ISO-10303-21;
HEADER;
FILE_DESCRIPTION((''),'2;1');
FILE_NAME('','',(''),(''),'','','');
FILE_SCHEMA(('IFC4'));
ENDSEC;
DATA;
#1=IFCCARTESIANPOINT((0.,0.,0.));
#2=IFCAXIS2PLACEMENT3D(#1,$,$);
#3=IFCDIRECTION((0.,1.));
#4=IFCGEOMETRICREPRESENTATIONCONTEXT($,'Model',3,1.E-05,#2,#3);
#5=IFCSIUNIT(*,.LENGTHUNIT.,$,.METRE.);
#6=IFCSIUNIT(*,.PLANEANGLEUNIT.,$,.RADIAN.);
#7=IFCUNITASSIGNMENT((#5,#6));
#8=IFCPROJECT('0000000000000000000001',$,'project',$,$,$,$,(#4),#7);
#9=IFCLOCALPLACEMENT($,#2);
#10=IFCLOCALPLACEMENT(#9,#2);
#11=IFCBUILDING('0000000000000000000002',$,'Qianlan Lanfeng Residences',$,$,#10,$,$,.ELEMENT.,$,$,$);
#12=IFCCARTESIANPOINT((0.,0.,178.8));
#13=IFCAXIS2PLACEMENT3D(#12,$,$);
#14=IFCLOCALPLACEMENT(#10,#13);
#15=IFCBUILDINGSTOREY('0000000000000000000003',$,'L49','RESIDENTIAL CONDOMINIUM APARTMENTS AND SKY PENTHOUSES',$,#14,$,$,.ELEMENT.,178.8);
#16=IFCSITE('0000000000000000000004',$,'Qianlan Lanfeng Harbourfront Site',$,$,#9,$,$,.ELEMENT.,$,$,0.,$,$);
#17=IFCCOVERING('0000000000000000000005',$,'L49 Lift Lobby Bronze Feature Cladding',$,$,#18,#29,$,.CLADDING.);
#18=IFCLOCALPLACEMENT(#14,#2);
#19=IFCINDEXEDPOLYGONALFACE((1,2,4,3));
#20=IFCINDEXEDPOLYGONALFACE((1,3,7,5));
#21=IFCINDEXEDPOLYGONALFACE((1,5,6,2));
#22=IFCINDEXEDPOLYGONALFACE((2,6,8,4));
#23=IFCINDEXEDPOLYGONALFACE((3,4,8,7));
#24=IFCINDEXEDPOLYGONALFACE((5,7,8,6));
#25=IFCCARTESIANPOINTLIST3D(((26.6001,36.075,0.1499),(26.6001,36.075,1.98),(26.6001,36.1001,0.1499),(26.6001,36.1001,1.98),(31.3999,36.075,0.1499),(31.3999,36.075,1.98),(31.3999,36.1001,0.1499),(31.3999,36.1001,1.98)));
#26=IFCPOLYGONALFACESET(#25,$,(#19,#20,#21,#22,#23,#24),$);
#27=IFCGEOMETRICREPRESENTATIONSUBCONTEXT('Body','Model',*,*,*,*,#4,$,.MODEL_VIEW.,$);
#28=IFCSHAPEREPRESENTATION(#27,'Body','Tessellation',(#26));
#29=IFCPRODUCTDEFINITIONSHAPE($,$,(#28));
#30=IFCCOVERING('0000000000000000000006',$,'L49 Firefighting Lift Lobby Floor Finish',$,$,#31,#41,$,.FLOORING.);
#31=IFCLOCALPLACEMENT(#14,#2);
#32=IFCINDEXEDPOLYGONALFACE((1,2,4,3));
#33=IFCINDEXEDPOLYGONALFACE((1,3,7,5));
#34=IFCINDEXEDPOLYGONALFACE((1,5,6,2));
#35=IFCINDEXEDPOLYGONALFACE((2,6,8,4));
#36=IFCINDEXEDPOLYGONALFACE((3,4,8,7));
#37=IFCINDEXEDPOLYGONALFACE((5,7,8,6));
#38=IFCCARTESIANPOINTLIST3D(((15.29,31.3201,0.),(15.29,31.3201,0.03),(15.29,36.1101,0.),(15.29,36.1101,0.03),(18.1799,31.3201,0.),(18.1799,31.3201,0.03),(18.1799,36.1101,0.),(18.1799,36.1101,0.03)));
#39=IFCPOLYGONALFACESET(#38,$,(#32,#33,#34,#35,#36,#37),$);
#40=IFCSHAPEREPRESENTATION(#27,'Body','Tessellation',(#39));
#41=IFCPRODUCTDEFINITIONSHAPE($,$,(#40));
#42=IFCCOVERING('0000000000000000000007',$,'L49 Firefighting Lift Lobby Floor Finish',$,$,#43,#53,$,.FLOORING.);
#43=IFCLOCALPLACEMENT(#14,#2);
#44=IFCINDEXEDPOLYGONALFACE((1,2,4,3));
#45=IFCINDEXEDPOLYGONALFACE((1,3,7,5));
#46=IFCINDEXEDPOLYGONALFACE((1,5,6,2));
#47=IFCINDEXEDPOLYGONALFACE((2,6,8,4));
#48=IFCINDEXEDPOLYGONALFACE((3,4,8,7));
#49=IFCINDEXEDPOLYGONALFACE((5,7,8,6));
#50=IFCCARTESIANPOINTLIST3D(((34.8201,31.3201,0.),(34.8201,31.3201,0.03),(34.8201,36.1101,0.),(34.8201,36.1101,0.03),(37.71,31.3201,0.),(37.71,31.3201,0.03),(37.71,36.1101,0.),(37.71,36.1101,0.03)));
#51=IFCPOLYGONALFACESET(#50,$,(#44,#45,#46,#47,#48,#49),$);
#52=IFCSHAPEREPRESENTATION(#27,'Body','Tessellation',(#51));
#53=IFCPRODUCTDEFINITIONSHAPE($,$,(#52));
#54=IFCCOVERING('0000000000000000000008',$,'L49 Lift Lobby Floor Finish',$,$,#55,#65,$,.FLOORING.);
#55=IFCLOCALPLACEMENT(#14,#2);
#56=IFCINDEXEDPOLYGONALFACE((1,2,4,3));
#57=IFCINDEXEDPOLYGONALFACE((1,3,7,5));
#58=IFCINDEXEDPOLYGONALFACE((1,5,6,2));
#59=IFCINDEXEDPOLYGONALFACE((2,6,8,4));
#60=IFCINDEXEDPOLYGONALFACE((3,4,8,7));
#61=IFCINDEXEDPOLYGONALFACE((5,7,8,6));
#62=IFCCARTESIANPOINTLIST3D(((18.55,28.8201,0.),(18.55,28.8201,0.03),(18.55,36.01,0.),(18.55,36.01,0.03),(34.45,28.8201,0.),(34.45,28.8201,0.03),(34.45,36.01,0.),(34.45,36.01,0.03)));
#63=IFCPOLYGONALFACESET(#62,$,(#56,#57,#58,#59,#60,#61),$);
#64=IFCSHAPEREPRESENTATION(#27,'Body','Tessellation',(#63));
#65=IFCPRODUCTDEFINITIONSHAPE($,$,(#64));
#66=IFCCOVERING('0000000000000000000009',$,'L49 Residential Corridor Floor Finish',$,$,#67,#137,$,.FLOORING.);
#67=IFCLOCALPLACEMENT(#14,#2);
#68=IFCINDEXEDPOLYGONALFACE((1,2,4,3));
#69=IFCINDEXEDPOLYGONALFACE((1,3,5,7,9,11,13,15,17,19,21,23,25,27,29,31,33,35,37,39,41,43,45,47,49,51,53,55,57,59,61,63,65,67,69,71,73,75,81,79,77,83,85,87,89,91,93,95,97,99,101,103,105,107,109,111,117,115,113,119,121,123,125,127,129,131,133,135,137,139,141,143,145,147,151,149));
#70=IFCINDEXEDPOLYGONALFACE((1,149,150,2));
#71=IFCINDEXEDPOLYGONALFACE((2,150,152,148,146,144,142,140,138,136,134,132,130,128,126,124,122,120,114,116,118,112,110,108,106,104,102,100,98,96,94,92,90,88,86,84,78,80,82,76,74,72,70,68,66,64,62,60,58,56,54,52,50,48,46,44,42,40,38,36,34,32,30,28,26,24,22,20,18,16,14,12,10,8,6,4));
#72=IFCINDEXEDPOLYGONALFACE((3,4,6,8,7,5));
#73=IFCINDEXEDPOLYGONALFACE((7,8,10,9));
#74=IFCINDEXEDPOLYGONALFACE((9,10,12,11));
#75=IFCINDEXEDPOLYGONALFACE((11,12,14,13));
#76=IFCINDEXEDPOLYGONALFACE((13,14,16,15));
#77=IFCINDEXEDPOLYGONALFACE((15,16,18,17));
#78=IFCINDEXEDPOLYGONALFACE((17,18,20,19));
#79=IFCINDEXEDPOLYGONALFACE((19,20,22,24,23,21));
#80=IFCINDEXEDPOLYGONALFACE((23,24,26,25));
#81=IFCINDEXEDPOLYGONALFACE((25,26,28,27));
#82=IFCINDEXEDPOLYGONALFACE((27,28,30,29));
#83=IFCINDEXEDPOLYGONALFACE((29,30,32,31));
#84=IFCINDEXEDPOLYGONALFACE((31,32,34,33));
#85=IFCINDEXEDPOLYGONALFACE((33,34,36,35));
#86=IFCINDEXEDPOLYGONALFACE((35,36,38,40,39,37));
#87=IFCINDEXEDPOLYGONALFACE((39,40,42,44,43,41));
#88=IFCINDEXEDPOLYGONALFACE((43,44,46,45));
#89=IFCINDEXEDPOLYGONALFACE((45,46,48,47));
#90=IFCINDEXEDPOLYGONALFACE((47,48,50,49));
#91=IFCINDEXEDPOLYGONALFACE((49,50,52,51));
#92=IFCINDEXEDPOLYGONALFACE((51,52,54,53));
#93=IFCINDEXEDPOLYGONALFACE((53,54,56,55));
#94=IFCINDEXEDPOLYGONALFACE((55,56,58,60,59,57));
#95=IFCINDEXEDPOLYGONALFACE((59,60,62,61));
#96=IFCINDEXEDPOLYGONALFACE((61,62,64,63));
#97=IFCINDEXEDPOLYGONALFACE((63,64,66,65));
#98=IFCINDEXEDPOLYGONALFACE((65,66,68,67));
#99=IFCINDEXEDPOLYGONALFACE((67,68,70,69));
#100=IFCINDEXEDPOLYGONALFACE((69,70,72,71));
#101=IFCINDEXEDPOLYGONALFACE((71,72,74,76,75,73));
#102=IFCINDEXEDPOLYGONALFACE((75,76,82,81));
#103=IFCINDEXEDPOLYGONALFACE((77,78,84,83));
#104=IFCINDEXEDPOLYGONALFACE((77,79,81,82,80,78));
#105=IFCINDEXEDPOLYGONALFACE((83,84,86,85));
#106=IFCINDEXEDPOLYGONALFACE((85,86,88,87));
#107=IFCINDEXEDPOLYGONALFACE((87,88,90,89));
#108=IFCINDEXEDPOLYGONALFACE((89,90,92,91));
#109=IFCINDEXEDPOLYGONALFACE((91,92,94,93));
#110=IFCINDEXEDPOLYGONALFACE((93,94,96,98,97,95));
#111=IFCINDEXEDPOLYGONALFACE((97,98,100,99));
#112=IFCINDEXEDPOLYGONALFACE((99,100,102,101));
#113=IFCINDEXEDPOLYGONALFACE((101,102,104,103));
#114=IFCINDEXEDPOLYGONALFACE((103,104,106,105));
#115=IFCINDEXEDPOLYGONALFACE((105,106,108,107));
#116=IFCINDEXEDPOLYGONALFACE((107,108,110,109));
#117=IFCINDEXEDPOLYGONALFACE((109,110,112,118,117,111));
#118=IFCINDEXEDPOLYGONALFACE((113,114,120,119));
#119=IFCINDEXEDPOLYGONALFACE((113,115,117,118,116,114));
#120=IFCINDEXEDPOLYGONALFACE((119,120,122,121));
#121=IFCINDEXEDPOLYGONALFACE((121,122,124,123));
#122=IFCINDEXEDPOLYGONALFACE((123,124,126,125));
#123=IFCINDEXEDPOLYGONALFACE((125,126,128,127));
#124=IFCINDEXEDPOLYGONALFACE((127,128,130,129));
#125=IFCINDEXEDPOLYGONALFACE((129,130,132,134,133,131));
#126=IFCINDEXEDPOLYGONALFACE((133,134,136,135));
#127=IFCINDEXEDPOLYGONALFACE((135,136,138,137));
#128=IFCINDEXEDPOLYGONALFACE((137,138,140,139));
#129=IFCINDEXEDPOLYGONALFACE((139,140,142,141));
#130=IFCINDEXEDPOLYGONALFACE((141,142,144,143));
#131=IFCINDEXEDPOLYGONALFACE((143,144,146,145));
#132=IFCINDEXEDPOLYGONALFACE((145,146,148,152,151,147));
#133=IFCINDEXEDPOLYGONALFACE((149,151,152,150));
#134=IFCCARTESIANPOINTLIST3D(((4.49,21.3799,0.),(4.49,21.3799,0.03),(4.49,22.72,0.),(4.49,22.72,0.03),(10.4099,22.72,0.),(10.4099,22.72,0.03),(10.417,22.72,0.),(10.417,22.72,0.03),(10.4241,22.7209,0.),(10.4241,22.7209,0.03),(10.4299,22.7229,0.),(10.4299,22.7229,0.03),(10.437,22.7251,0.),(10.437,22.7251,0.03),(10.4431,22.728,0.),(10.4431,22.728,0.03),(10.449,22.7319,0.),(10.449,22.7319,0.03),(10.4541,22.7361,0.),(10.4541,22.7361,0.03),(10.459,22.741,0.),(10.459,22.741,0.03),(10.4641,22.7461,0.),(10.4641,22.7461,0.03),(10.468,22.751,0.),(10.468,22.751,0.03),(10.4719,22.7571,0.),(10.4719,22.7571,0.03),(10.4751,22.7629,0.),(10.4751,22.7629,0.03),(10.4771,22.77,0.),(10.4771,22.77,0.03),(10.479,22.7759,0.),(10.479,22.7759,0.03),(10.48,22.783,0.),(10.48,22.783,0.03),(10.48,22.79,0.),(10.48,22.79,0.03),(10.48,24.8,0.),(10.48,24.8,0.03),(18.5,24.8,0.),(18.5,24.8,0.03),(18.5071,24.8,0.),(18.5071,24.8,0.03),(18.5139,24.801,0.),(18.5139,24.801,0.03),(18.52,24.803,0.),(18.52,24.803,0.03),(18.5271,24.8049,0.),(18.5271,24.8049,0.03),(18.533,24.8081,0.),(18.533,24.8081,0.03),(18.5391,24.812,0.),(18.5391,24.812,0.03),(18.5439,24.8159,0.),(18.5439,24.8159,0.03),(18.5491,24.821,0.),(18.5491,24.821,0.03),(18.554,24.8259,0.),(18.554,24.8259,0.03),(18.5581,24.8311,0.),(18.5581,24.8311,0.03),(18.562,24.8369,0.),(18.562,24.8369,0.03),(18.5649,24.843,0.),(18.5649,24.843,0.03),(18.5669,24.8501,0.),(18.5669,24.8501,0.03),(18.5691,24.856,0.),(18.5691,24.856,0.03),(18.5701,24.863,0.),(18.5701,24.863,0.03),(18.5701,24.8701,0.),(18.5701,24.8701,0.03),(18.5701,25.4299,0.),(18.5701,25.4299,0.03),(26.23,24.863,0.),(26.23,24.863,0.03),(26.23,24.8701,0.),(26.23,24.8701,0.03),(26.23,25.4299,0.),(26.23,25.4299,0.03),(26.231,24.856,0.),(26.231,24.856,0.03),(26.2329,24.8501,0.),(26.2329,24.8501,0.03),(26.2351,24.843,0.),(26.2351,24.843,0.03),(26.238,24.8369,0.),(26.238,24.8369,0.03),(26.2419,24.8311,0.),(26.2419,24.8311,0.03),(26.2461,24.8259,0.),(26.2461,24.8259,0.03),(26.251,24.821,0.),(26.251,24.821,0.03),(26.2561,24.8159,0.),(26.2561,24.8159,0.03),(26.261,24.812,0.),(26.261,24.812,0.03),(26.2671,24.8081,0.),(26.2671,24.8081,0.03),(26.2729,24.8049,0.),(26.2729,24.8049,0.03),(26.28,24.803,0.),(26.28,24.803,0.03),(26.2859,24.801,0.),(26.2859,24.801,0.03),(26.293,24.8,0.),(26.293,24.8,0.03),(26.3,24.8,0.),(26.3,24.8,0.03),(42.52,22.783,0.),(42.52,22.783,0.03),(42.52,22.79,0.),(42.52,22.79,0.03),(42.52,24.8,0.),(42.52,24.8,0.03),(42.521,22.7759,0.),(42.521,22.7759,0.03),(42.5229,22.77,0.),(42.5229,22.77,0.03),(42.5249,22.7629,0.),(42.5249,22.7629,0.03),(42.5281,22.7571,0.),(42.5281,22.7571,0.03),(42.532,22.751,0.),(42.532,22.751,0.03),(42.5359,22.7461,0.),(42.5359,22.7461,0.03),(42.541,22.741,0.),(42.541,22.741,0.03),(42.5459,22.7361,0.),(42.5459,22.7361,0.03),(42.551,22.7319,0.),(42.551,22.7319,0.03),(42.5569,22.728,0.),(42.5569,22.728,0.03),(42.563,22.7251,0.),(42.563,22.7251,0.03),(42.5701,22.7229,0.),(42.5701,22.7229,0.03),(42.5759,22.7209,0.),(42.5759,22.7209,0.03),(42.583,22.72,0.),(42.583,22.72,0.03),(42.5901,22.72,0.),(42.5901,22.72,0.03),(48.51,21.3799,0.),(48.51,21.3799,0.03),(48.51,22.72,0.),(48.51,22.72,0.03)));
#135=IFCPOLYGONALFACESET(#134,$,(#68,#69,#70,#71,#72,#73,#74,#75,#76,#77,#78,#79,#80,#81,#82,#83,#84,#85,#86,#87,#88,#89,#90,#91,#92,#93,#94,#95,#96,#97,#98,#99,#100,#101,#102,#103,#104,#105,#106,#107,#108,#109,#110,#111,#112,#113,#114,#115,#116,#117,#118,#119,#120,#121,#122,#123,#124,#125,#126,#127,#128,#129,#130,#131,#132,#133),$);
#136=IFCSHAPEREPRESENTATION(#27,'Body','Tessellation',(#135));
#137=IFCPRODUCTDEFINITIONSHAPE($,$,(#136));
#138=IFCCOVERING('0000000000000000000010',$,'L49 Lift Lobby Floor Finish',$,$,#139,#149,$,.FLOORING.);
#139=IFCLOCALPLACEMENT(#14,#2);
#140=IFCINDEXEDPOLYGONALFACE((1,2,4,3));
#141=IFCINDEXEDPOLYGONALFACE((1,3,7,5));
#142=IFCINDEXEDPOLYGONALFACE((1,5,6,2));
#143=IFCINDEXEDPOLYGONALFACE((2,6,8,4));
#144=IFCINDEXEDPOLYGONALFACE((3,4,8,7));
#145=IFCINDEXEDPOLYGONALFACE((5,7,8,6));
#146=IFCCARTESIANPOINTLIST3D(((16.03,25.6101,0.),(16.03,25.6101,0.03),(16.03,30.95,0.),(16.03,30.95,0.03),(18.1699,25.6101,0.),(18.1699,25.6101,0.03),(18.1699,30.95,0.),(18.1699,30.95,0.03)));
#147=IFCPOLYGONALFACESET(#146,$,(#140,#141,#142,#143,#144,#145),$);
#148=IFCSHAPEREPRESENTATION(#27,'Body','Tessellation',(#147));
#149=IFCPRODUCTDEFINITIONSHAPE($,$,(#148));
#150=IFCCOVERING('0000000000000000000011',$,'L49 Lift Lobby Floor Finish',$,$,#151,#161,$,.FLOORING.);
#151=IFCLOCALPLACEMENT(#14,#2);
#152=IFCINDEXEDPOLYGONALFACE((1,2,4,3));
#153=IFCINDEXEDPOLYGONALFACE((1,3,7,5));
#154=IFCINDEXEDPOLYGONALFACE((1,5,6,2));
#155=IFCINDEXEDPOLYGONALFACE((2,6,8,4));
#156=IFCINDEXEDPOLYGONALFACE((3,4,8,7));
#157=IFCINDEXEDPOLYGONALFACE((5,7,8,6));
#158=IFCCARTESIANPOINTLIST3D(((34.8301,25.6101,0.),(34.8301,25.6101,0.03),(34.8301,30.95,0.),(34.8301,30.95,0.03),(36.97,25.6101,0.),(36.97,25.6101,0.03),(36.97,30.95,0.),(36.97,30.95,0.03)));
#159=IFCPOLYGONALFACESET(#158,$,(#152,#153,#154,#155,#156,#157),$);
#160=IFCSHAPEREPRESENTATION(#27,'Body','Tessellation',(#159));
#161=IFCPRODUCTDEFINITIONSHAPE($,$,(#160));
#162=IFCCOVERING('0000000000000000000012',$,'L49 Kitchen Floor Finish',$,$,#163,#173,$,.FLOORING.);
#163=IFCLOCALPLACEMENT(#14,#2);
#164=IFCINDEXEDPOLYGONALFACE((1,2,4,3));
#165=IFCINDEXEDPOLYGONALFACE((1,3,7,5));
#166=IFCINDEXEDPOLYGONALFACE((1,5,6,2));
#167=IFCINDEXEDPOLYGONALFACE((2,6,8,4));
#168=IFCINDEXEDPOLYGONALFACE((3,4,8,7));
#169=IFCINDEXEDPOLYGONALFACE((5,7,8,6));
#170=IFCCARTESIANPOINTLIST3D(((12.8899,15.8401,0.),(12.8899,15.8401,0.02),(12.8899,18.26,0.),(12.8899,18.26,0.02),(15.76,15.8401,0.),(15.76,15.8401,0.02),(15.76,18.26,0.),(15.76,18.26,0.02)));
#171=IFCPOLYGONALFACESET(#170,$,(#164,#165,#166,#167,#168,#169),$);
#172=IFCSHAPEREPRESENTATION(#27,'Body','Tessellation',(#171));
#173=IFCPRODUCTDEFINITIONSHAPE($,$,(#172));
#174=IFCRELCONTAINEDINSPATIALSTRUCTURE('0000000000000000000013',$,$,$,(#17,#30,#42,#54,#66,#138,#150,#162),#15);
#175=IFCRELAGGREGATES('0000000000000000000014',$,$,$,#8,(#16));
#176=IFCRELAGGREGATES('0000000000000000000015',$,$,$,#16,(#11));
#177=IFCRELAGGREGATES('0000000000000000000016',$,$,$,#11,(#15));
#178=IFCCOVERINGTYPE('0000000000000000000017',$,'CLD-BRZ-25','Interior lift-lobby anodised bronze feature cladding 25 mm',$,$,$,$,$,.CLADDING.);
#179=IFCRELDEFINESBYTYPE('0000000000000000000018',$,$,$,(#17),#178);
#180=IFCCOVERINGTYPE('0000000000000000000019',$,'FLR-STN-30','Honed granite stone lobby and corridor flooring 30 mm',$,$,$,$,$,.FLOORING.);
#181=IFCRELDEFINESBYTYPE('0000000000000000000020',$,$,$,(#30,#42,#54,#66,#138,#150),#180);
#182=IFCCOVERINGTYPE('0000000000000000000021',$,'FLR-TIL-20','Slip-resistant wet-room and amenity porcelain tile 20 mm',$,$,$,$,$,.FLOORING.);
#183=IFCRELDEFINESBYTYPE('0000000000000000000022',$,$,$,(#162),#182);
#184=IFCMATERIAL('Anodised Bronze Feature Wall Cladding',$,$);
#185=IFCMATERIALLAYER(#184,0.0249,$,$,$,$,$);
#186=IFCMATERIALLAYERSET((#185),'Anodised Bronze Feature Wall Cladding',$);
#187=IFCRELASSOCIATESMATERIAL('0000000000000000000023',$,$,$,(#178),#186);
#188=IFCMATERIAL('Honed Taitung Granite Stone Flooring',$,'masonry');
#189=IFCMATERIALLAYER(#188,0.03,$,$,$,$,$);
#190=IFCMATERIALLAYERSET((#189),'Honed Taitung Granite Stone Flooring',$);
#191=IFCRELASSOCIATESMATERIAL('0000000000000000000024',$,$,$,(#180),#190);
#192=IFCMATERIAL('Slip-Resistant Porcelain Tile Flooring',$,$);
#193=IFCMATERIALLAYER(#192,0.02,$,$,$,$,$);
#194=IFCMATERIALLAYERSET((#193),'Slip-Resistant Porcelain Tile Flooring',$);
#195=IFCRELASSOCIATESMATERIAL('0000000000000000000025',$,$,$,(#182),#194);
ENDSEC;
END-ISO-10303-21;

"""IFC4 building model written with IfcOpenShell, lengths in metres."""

from ifc_helpers import new_model, si_unit, direction, frame, origin, place, context, subcontext, project, spatial, polyline, outline, extrude, material, layer, layer_set, type_object, element, save


model = new_model("IFC4")

# Units and contexts
model_context = context("Model", 3, precision=1e-05, world=origin(), true_north=direction((0.0, 1.0)))
body_context = subcontext(model_context, "Body", "Model", "MODEL_VIEW")
ifc_project = project(units=[si_unit("LENGTHUNIT", "METRE"), si_unit("PLANEANGLEUNIT", "RADIAN")], contexts=[model_context])

# Site, building, storey
site_placement = place(None, origin())
site = spatial("IfcSite", under=ifc_project, at=site_placement, Name="Qianlan Lanfeng Harbourfront Site", CompositionType="ELEMENT", RefElevation=0.0)
building_placement = place(site_placement, origin())
building = spatial("IfcBuilding", under=site, at=building_placement, Name="Qianlan Lanfeng Residences", CompositionType="ELEMENT")
storey_placement = place(building_placement, frame((0.0, 0.0, 178.8)))
storey = spatial("IfcBuildingStorey", under=building, at=storey_placement, Name="L49", Description="RESIDENTIAL CONDOMINIUM APARTMENTS AND SKY PENTHOUSES", CompositionType="ELEMENT", Elevation=178.8)

# Coverings
ifc_material_1 = material(Name="Anodised Bronze Feature Wall Cladding")
ifc_layer_1 = layer(ifc_material_1, 0.0249)
ifc_layer_set_1 = layer_set([ifc_layer_1], Name="Anodised Bronze Feature Wall Cladding")
covering_type_1 = type_object("IfcCoveringType", Name="CLD-BRZ-25", Description="Interior lift-lobby anodised bronze feature cladding 25 mm", PredefinedType="CLADDING", material=ifc_layer_set_1)
covering_1_placement = place(storey_placement, frame((0.0, 0.0, 0.1499)))
element("IfcCovering", 1, at=covering_1_placement, inside=storey, type_object=covering_type_1, Name="L49 Lift Lobby Bronze Feature Cladding", PredefinedType="CLADDING", context=body_context, shape_type="SweptSolid", body=[
    extrude(outline(polyline([(26.6001, 36.075), (31.3999, 36.075), (31.3999, 36.1001), (26.6001, 36.1001), (26.6001, 36.075)])), origin(), (0.0, 0.0, 1.0), 1.8301),
])
ifc_material_2 = material(Name="Honed Taitung Granite Stone Flooring", Category="masonry")
ifc_layer_2 = layer(ifc_material_2, 0.03)
ifc_layer_set_2 = layer_set([ifc_layer_2], Name="Honed Taitung Granite Stone Flooring")
covering_type_2 = type_object("IfcCoveringType", Name="FLR-STN-30", Description="Honed granite stone lobby and corridor flooring 30 mm", PredefinedType="FLOORING", material=ifc_layer_set_2)
covering_2_placement = place(storey_placement, origin())
element("IfcCovering", 2, at=covering_2_placement, inside=storey, type_object=covering_type_2, Name="L49 Firefighting Lift Lobby Floor Finish", PredefinedType="FLOORING", context=body_context, shape_type="SweptSolid", body=[
    extrude(outline(polyline([(15.29, 31.3201), (18.1799, 31.3201), (18.1799, 36.1101), (15.29, 36.1101), (15.29, 31.3201)])), origin(), (0.0, 0.0, 1.0), 0.03),
])
covering_3_placement = place(storey_placement, origin())
element("IfcCovering", 3, at=covering_3_placement, inside=storey, type_object=covering_type_2, Name="L49 Firefighting Lift Lobby Floor Finish", PredefinedType="FLOORING", context=body_context, shape_type="SweptSolid", body=[
    extrude(outline(polyline([(34.8201, 31.3201), (37.71, 31.3201), (37.71, 36.1101), (34.8201, 36.1101), (34.8201, 31.3201)])), origin(), (0.0, 0.0, 1.0), 0.03),
])
covering_4_placement = place(storey_placement, origin())
element("IfcCovering", 4, at=covering_4_placement, inside=storey, type_object=covering_type_2, Name="L49 Lift Lobby Floor Finish", PredefinedType="FLOORING", context=body_context, shape_type="SweptSolid", body=[
    extrude(outline(polyline([(18.55, 28.8201), (34.45, 28.8201), (34.45, 36.01), (18.55, 36.01), (18.55, 28.8201)])), origin(), (0.0, 0.0, 1.0), 0.03),
])
covering_5_placement = place(storey_placement, origin())
element("IfcCovering", 5, at=covering_5_placement, inside=storey, type_object=covering_type_2, Name="L49 Residential Corridor Floor Finish", PredefinedType="FLOORING", context=body_context, shape_type="SweptSolid", body=[
    extrude(outline(polyline([(4.49, 21.3799), (48.51, 21.3799), (48.51, 22.72), (42.5901, 22.72), (42.583, 22.72), (42.5759, 22.7209), (42.5701, 22.7229), (42.563, 22.7251), (42.5569, 22.728), (42.551, 22.7319), (42.5459, 22.7361), (42.541, 22.741), (42.5359, 22.7461), (42.532, 22.751), (42.5281, 22.7571), (42.5249, 22.7629), (42.5229, 22.77), (42.521, 22.7759), (42.52, 22.783), (42.52, 22.79), (42.52, 24.8), (26.3, 24.8), (26.293, 24.8), (26.2859, 24.801), (26.28, 24.803), (26.2729, 24.8049), (26.2671, 24.8081), (26.261, 24.812), (26.2561, 24.8159), (26.251, 24.821), (26.2461, 24.8259), (26.2419, 24.8311), (26.238, 24.8369), (26.2351, 24.843), (26.2329, 24.8501), (26.231, 24.856), (26.23, 24.863), (26.23, 24.8701), (26.23, 25.4299), (18.5701, 25.4299), (18.5701, 24.8701), (18.5701, 24.863), (18.5691, 24.856), (18.5669, 24.8501), (18.5649, 24.843), (18.562, 24.8369), (18.5581, 24.8311), (18.554, 24.8259), (18.5491, 24.821), (18.5439, 24.8159), (18.5391, 24.812), (18.533, 24.8081), (18.5271, 24.8049), (18.52, 24.803), (18.5139, 24.801), (18.5071, 24.8), (18.5, 24.8), (10.48, 24.8), (10.48, 22.79), (10.48, 22.783), (10.479, 22.7759), (10.4771, 22.77), (10.4751, 22.7629), (10.4719, 22.7571), (10.468, 22.751), (10.4641, 22.7461), (10.459, 22.741), (10.4541, 22.7361), (10.449, 22.7319), (10.4431, 22.728), (10.437, 22.7251), (10.4299, 22.7229), (10.4241, 22.7209), (10.417, 22.72), (10.4099, 22.72), (4.49, 22.72), (4.49, 21.3799)])), origin(), (0.0, 0.0, 1.0), 0.03),
])
covering_6_placement = place(storey_placement, origin())
element("IfcCovering", 6, at=covering_6_placement, inside=storey, type_object=covering_type_2, Name="L49 Lift Lobby Floor Finish", PredefinedType="FLOORING", context=body_context, shape_type="SweptSolid", body=[
    extrude(outline(polyline([(16.03, 25.6101), (18.1699, 25.6101), (18.1699, 30.95), (16.03, 30.95), (16.03, 25.6101)])), origin(), (0.0, 0.0, 1.0), 0.03),
])
covering_7_placement = place(storey_placement, origin())
element("IfcCovering", 7, at=covering_7_placement, inside=storey, type_object=covering_type_2, Name="L49 Lift Lobby Floor Finish", PredefinedType="FLOORING", context=body_context, shape_type="SweptSolid", body=[
    extrude(outline(polyline([(34.8301, 25.6101), (36.97, 25.6101), (36.97, 30.95), (34.8301, 30.95), (34.8301, 25.6101)])), origin(), (0.0, 0.0, 1.0), 0.03),
])
ifc_material_3 = material(Name="Slip-Resistant Porcelain Tile Flooring")
ifc_layer_3 = layer(ifc_material_3, 0.02)
ifc_layer_set_3 = layer_set([ifc_layer_3], Name="Slip-Resistant Porcelain Tile Flooring")
covering_type_3 = type_object("IfcCoveringType", Name="FLR-TIL-20", Description="Slip-resistant wet-room and amenity porcelain tile 20 mm", PredefinedType="FLOORING", material=ifc_layer_set_3)
covering_8_placement = place(storey_placement, origin())
element("IfcCovering", 8, at=covering_8_placement, inside=storey, type_object=covering_type_3, Name="L49 Kitchen Floor Finish", PredefinedType="FLOORING", context=body_context, shape_type="SweptSolid", body=[
    extrude(outline(polyline([(12.8899, 15.8401), (15.76, 15.8401), (15.76, 18.26), (12.8899, 18.26), (12.8899, 15.8401)])), origin(), (0.0, 0.0, 1.0), 0.02),
])

save(model, "model.ifc")
